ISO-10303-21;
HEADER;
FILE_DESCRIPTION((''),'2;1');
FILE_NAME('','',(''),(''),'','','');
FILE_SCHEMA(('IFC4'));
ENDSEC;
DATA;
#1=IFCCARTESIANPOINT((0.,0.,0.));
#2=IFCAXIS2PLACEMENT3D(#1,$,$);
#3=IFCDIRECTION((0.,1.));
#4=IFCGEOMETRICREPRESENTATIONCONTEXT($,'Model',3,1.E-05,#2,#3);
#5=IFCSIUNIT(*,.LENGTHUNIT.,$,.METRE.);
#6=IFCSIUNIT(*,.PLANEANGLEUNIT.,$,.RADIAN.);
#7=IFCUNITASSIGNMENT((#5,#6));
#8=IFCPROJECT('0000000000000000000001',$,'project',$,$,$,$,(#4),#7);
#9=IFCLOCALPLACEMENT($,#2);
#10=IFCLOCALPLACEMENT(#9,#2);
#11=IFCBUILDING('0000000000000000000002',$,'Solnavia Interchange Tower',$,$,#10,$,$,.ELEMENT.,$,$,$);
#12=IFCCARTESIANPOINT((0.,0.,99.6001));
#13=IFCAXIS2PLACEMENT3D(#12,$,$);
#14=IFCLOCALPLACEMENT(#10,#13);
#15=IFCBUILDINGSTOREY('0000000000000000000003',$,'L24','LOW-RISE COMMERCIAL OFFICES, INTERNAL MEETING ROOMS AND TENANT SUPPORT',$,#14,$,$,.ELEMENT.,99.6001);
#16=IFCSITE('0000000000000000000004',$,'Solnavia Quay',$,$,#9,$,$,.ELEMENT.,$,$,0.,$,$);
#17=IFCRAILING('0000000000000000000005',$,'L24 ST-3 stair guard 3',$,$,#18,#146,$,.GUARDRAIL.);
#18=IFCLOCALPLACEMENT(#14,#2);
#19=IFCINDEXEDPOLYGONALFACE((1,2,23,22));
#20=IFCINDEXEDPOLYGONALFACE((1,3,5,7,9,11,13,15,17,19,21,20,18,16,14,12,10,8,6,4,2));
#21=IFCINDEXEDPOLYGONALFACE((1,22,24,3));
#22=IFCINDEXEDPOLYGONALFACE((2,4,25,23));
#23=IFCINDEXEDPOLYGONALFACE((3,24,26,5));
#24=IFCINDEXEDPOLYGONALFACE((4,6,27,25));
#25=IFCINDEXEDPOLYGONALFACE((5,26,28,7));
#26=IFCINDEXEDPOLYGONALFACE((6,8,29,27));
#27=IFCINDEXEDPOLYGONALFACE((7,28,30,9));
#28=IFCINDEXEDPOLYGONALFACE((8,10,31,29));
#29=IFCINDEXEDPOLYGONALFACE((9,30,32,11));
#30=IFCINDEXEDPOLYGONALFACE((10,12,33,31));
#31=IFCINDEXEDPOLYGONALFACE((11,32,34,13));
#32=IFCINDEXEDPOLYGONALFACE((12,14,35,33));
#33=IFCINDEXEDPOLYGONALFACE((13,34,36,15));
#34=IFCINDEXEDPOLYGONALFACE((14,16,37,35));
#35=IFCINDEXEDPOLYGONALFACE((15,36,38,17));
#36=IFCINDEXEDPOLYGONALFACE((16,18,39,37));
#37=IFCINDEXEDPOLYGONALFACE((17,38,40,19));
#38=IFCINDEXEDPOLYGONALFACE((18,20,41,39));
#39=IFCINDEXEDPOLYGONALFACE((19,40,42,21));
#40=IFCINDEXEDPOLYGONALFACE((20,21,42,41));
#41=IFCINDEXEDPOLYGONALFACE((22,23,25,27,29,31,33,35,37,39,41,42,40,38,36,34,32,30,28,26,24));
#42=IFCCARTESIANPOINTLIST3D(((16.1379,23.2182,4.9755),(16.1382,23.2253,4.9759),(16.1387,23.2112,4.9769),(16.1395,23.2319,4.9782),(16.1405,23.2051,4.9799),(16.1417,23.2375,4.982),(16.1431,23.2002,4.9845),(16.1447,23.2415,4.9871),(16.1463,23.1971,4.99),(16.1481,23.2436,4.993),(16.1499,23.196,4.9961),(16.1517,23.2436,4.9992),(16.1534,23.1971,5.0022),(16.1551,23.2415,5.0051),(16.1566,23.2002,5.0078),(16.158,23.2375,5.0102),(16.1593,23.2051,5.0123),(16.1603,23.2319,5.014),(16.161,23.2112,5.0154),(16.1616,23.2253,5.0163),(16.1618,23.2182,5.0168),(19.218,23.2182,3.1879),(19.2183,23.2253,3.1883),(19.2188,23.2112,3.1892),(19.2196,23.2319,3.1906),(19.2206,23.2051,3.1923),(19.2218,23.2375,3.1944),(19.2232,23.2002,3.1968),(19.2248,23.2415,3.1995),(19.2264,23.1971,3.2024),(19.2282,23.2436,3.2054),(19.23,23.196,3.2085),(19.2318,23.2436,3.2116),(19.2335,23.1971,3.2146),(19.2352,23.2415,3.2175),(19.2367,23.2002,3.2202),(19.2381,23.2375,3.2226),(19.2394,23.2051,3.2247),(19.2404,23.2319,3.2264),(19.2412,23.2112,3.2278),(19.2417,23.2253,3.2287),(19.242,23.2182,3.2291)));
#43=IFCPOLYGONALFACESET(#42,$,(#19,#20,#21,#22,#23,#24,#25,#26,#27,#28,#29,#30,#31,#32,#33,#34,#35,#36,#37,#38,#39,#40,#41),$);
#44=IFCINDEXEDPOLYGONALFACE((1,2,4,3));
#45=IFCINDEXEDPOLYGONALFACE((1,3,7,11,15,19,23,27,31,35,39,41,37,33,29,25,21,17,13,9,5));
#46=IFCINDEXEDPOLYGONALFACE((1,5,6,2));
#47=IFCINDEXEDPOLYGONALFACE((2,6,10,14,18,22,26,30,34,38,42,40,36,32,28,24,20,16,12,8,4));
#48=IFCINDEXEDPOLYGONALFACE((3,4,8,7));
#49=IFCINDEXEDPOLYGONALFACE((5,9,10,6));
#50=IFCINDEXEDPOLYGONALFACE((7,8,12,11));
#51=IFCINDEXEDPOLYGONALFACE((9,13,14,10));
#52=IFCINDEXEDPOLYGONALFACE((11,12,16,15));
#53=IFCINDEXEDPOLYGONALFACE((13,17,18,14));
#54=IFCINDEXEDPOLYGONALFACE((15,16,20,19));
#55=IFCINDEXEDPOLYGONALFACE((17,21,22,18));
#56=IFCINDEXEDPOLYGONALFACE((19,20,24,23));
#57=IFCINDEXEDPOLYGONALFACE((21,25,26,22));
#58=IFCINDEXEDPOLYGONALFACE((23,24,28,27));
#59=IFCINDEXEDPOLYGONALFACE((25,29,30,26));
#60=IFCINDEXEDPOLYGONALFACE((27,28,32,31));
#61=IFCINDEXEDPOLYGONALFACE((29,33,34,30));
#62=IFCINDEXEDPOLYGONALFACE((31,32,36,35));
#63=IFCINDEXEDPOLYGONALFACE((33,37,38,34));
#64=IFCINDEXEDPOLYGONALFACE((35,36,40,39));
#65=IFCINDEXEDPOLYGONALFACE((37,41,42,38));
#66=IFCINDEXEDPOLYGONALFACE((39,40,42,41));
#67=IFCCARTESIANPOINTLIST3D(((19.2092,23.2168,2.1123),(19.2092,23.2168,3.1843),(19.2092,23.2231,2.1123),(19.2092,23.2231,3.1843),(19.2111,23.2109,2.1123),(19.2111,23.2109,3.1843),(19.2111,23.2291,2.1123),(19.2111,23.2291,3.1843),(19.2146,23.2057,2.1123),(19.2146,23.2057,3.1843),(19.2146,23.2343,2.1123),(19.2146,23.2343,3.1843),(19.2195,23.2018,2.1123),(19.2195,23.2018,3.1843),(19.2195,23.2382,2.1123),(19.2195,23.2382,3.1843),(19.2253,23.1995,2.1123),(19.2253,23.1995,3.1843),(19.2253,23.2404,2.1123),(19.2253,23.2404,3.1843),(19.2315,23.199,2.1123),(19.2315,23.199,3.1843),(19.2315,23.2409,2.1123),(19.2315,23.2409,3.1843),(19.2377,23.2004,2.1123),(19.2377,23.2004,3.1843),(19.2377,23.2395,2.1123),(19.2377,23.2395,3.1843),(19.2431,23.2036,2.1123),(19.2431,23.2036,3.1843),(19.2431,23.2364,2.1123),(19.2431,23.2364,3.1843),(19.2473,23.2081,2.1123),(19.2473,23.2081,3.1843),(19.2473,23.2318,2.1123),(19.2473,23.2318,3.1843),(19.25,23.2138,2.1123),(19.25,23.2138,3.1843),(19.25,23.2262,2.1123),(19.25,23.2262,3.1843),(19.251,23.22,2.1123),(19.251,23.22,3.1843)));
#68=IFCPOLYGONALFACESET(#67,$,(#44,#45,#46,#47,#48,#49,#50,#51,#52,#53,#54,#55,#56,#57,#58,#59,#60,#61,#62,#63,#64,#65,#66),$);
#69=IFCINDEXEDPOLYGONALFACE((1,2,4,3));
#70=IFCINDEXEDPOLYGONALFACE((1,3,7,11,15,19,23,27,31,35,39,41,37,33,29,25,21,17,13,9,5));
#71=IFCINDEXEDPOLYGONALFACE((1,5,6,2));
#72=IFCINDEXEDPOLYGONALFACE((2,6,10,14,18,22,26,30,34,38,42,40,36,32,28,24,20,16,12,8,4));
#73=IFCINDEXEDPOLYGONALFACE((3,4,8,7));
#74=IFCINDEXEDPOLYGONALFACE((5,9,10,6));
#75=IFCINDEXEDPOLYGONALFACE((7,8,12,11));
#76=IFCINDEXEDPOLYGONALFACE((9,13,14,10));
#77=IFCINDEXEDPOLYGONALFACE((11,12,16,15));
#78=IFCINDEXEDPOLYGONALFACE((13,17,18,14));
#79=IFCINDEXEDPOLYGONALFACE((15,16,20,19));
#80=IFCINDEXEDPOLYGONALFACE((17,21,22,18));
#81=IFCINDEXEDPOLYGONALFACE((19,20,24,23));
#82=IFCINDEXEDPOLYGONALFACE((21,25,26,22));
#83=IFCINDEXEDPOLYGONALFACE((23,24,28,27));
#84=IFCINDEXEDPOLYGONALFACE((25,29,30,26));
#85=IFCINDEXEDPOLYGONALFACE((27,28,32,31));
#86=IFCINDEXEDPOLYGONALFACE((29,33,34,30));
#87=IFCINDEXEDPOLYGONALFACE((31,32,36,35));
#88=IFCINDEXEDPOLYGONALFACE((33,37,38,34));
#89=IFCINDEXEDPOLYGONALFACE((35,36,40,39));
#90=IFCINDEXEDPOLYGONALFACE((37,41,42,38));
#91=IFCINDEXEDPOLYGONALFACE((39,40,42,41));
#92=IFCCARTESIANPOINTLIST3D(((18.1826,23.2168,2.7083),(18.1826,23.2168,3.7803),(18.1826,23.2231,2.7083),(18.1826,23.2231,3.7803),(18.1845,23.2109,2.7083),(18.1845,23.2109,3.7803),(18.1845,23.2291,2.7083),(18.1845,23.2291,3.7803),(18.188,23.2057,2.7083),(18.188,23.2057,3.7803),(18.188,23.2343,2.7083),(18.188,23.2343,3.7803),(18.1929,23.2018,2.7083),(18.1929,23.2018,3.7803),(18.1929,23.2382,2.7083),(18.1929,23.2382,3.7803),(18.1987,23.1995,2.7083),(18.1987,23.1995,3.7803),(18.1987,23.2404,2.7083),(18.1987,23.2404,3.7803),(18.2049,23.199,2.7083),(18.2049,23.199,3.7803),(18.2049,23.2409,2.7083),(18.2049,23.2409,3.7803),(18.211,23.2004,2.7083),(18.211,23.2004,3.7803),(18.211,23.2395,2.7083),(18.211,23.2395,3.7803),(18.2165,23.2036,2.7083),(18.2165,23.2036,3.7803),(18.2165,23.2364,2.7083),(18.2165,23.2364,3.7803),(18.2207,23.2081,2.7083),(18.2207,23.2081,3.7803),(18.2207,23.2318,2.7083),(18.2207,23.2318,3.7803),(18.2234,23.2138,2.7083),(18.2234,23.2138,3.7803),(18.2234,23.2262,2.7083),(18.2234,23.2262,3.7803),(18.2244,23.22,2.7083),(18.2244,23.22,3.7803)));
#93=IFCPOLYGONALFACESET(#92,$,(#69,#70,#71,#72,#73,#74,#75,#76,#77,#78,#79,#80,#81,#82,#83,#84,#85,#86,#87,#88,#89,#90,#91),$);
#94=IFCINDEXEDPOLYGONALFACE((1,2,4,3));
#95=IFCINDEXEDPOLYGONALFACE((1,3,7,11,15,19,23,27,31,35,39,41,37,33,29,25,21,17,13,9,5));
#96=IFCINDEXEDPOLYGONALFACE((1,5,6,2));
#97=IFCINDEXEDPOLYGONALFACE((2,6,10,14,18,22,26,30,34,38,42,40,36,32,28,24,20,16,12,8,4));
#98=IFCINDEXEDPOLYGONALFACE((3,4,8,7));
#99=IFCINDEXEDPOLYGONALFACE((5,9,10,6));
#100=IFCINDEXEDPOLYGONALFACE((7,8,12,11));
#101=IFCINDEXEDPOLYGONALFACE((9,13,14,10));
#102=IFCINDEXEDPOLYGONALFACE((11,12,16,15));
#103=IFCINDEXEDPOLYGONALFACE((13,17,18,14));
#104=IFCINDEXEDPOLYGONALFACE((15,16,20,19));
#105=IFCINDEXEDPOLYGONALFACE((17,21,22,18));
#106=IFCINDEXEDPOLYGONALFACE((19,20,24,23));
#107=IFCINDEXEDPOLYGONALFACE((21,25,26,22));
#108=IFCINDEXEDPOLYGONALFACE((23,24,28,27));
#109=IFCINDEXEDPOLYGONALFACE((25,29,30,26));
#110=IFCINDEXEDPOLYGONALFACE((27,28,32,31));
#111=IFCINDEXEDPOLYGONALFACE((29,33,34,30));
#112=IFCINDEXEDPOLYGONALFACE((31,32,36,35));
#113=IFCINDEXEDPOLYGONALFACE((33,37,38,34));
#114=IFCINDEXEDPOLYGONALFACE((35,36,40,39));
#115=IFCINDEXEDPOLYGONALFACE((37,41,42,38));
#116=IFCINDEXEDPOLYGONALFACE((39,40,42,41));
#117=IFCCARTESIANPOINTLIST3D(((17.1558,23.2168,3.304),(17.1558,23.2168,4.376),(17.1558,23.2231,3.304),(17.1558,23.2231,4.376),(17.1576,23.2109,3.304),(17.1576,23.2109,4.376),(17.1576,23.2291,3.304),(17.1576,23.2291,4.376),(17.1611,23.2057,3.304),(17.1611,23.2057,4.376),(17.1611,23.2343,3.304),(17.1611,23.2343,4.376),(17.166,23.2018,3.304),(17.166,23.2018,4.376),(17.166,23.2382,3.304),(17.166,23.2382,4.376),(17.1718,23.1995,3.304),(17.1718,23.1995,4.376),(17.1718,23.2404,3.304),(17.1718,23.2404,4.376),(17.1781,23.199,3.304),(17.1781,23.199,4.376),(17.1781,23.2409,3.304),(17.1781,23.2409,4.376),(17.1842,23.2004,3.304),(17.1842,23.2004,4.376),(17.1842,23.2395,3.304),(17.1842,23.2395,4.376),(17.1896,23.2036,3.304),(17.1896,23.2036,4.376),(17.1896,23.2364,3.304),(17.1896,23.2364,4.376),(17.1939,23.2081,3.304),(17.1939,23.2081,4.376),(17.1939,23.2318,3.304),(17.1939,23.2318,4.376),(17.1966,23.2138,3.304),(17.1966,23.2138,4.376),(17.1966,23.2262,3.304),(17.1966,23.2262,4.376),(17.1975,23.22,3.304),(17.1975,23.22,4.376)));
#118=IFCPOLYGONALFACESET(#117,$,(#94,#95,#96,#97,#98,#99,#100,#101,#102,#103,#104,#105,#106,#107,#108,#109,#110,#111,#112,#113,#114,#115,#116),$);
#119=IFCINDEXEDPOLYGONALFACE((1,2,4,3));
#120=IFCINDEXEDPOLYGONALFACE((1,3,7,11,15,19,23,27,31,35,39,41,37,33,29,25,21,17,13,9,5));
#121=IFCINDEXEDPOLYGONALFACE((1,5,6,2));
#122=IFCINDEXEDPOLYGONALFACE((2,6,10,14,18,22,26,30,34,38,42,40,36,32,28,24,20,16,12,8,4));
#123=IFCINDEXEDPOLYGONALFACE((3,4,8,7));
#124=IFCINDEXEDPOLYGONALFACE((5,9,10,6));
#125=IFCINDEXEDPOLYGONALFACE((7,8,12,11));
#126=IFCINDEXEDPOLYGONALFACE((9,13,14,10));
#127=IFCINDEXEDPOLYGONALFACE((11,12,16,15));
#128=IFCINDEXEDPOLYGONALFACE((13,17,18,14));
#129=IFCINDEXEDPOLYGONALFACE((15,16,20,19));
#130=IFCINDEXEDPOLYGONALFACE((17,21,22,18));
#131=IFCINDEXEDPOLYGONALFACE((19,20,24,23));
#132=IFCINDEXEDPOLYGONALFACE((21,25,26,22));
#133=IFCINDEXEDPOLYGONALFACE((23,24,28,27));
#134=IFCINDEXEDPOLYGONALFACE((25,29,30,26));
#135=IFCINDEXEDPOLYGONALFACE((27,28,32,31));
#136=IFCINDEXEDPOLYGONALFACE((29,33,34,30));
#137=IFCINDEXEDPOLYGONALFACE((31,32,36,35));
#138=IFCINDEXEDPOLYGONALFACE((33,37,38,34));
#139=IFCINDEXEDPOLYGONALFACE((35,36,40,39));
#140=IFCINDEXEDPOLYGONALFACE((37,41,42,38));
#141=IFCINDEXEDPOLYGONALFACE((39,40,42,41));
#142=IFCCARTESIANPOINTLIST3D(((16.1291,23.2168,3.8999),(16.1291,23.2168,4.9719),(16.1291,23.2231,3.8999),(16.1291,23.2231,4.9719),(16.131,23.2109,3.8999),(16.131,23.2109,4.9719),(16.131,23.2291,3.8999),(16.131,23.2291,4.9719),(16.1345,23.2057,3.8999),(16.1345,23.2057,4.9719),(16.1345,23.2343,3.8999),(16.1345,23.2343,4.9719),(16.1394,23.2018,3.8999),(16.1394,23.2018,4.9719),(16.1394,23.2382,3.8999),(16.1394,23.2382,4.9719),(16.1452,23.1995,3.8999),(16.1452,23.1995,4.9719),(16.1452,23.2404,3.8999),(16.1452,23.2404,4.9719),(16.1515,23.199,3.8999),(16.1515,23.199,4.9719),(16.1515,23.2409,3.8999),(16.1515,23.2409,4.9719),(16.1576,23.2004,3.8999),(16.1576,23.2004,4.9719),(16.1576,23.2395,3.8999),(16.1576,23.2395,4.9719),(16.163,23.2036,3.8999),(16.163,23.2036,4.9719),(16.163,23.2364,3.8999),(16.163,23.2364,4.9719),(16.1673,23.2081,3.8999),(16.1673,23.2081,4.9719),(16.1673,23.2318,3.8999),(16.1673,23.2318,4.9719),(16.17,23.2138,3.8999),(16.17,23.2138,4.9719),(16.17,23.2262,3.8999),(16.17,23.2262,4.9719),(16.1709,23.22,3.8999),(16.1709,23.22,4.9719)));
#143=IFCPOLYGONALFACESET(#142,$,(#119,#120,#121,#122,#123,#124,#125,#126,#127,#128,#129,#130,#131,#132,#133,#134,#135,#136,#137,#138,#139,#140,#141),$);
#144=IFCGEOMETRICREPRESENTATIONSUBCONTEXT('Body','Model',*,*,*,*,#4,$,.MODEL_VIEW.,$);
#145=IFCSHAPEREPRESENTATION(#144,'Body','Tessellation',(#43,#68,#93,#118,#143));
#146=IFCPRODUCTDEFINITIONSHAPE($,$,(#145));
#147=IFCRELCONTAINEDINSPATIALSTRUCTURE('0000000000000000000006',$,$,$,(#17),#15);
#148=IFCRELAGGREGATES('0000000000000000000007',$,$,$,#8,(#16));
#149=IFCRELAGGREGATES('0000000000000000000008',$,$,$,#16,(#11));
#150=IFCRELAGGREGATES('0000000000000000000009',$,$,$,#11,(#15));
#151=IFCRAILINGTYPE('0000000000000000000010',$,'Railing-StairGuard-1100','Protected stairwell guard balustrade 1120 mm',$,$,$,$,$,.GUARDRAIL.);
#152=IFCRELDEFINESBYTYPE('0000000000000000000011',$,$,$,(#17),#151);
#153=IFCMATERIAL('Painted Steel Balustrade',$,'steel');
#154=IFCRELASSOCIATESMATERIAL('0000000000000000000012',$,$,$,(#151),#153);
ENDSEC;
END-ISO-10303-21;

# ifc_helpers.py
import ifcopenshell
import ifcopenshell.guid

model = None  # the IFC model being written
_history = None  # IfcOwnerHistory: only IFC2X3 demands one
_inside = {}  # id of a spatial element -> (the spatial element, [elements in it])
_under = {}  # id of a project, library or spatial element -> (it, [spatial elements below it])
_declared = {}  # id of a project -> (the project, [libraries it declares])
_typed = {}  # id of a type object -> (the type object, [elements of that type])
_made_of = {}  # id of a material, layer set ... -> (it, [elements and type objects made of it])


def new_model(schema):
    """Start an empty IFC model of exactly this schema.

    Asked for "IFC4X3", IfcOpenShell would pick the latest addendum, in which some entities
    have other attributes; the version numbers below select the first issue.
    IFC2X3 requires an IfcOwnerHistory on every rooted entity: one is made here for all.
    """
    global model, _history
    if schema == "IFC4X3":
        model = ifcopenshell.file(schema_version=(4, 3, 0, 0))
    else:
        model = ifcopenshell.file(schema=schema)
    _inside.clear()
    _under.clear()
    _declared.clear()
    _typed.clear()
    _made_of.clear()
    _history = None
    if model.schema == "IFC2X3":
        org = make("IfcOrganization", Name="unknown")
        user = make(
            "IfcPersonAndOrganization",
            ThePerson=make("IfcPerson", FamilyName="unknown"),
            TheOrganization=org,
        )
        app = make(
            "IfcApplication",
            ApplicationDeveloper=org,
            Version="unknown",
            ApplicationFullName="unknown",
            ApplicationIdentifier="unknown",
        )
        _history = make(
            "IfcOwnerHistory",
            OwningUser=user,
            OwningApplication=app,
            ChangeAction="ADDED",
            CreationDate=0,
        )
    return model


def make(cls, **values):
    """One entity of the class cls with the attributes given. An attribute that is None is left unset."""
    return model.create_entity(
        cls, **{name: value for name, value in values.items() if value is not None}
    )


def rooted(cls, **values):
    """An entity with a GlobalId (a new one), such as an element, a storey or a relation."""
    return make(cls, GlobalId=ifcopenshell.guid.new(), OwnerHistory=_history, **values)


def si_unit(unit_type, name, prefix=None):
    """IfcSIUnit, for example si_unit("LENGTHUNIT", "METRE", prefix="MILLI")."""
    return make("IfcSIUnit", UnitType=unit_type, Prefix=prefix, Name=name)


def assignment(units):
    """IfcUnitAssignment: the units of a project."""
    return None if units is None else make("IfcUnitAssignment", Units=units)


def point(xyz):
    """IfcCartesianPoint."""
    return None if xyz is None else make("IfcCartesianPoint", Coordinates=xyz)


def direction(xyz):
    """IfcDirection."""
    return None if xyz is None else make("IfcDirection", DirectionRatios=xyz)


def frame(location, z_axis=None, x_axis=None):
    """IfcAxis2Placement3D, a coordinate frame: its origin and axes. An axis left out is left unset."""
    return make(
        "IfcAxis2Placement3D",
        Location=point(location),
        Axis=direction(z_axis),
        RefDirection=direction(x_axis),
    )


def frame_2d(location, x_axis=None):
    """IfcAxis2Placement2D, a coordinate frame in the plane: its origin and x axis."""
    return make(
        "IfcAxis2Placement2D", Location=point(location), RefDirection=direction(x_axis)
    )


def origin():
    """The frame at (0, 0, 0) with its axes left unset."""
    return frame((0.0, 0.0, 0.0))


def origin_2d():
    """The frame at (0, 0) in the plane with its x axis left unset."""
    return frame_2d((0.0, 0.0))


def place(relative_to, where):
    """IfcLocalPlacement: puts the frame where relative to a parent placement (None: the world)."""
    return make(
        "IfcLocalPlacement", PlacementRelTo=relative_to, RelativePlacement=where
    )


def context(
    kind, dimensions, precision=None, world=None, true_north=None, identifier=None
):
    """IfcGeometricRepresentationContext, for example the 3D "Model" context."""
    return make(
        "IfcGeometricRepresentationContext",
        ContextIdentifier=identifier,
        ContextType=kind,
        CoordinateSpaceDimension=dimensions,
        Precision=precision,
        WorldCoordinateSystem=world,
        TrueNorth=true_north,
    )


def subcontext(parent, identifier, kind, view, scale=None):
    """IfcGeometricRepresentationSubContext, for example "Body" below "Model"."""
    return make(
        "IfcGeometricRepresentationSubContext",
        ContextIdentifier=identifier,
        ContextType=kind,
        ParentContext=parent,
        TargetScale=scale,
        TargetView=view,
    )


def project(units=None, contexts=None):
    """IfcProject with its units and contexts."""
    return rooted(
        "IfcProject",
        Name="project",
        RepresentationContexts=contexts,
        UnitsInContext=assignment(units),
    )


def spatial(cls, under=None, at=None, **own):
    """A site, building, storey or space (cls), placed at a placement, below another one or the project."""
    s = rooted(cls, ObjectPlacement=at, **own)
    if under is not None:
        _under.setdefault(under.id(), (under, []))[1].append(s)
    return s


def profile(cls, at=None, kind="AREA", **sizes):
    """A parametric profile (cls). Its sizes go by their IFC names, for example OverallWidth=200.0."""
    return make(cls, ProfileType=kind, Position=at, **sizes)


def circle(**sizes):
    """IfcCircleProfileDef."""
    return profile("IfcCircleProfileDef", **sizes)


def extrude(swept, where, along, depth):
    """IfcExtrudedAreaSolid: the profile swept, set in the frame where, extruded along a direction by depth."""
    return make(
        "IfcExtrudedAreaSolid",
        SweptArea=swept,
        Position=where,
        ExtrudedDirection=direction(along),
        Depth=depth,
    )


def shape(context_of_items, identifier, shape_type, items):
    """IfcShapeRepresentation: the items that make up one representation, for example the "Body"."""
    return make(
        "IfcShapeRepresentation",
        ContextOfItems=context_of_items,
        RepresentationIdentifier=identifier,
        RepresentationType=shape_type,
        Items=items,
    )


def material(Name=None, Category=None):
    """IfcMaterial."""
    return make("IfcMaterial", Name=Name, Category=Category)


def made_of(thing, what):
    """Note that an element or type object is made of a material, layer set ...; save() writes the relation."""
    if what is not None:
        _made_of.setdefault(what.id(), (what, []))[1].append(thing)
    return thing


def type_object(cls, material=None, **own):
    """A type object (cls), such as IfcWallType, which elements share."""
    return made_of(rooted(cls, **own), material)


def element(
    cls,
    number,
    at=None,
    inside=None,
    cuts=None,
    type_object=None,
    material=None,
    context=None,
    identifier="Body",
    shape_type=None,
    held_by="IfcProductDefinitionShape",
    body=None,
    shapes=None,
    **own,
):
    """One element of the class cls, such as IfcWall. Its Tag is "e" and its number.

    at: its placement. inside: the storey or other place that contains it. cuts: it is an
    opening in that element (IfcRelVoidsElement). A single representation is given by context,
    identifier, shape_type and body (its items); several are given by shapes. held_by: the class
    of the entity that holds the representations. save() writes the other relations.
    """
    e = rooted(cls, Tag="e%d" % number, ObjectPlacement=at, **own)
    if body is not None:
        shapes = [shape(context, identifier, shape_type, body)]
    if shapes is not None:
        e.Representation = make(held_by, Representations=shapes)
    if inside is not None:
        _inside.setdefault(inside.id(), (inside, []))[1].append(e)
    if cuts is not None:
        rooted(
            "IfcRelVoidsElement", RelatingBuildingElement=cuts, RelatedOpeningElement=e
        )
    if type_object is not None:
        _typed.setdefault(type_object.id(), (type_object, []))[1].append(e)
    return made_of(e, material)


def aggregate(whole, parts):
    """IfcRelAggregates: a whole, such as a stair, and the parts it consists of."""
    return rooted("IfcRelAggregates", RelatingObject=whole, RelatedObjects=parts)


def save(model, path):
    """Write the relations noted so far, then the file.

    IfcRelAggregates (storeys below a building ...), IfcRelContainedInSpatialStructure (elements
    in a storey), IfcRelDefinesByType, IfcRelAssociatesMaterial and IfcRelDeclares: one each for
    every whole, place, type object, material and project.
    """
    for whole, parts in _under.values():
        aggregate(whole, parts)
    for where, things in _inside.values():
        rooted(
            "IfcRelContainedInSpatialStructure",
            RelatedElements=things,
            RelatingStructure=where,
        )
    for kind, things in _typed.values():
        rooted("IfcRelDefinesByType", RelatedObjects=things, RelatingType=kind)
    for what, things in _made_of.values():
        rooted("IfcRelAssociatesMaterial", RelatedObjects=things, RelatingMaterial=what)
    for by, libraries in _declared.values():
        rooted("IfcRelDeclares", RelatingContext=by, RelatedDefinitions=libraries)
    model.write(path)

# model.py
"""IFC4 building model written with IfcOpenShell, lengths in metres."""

from ifc_helpers import new_model, si_unit, direction, frame, origin, origin_2d, place, context, subcontext, project, spatial, circle, extrude, material, type_object, element, save


model = new_model("IFC4")

# Units and contexts
model_context = context("Model", 3, precision=1e-05, world=origin(), true_north=direction((0.0, 1.0)))
body_context = subcontext(model_context, "Body", "Model", "MODEL_VIEW")
ifc_project = project(units=[si_unit("LENGTHUNIT", "METRE"), si_unit("PLANEANGLEUNIT", "RADIAN")], contexts=[model_context])

# Site, building, storey
site_placement = place(None, origin())
site = spatial("IfcSite", under=ifc_project, at=site_placement, Name="Solnavia Quay", CompositionType="ELEMENT", RefElevation=0.0)
building_placement = place(site_placement, origin())
building = spatial("IfcBuilding", under=site, at=building_placement, Name="Solnavia Interchange Tower", CompositionType="ELEMENT")
storey_placement = place(building_placement, frame((0.0, 0.0, 99.6001)))
storey = spatial("IfcBuildingStorey", under=building, at=storey_placement, Name="L24", Description="LOW-RISE COMMERCIAL OFFICES, INTERNAL MEETING ROOMS AND TENANT SUPPORT", CompositionType="ELEMENT", Elevation=99.6001)

# Railing
ifc_material_1 = material(Name="Painted Steel Balustrade", Category="steel")
railing_type_1 = type_object("IfcRailingType", Name="Railing-StairGuard-1100", Description="Protected stairwell guard balustrade 1120 mm", PredefinedType="GUARDRAIL", material=ifc_material_1)
railing_1_placement = place(storey_placement, frame((19.23, 23.22, 2.1123)))
element("IfcRailing", 1, at=railing_1_placement, inside=storey, type_object=railing_type_1, Name="L24 ST-3 stair guard 3", PredefinedType="GUARDRAIL", context=body_context, shape_type="SweptSolid", body=[
    extrude(circle(Radius=0.0239, at=origin_2d()), frame((0.0, 0.0, 1.0962), z_axis=(-0.864891, 0.0, 0.50196), x_axis=(0.0, -1.0, 0.0)), (0.0, 0.0, 1.0), 3.5613),
    extrude(circle(Radius=0.021, at=origin_2d()), origin(), (0.0, 0.0, 1.0), 1.072),
    extrude(circle(Radius=0.021, at=origin_2d()), frame((-1.0266, 0.0, 0.5959)), (0.0, 0.0, 1.0), 1.072),
    extrude(circle(Radius=0.021, at=origin_2d()), frame((-2.0535, 0.0, 1.1917)), (0.0, 0.0, 1.0), 1.072),
    extrude(circle(Radius=0.021, at=origin_2d()), frame((-3.0801, 0.0, 1.7876)), (0.0, 0.0, 1.0), 1.072),
])

save(model, "model.ifc")
